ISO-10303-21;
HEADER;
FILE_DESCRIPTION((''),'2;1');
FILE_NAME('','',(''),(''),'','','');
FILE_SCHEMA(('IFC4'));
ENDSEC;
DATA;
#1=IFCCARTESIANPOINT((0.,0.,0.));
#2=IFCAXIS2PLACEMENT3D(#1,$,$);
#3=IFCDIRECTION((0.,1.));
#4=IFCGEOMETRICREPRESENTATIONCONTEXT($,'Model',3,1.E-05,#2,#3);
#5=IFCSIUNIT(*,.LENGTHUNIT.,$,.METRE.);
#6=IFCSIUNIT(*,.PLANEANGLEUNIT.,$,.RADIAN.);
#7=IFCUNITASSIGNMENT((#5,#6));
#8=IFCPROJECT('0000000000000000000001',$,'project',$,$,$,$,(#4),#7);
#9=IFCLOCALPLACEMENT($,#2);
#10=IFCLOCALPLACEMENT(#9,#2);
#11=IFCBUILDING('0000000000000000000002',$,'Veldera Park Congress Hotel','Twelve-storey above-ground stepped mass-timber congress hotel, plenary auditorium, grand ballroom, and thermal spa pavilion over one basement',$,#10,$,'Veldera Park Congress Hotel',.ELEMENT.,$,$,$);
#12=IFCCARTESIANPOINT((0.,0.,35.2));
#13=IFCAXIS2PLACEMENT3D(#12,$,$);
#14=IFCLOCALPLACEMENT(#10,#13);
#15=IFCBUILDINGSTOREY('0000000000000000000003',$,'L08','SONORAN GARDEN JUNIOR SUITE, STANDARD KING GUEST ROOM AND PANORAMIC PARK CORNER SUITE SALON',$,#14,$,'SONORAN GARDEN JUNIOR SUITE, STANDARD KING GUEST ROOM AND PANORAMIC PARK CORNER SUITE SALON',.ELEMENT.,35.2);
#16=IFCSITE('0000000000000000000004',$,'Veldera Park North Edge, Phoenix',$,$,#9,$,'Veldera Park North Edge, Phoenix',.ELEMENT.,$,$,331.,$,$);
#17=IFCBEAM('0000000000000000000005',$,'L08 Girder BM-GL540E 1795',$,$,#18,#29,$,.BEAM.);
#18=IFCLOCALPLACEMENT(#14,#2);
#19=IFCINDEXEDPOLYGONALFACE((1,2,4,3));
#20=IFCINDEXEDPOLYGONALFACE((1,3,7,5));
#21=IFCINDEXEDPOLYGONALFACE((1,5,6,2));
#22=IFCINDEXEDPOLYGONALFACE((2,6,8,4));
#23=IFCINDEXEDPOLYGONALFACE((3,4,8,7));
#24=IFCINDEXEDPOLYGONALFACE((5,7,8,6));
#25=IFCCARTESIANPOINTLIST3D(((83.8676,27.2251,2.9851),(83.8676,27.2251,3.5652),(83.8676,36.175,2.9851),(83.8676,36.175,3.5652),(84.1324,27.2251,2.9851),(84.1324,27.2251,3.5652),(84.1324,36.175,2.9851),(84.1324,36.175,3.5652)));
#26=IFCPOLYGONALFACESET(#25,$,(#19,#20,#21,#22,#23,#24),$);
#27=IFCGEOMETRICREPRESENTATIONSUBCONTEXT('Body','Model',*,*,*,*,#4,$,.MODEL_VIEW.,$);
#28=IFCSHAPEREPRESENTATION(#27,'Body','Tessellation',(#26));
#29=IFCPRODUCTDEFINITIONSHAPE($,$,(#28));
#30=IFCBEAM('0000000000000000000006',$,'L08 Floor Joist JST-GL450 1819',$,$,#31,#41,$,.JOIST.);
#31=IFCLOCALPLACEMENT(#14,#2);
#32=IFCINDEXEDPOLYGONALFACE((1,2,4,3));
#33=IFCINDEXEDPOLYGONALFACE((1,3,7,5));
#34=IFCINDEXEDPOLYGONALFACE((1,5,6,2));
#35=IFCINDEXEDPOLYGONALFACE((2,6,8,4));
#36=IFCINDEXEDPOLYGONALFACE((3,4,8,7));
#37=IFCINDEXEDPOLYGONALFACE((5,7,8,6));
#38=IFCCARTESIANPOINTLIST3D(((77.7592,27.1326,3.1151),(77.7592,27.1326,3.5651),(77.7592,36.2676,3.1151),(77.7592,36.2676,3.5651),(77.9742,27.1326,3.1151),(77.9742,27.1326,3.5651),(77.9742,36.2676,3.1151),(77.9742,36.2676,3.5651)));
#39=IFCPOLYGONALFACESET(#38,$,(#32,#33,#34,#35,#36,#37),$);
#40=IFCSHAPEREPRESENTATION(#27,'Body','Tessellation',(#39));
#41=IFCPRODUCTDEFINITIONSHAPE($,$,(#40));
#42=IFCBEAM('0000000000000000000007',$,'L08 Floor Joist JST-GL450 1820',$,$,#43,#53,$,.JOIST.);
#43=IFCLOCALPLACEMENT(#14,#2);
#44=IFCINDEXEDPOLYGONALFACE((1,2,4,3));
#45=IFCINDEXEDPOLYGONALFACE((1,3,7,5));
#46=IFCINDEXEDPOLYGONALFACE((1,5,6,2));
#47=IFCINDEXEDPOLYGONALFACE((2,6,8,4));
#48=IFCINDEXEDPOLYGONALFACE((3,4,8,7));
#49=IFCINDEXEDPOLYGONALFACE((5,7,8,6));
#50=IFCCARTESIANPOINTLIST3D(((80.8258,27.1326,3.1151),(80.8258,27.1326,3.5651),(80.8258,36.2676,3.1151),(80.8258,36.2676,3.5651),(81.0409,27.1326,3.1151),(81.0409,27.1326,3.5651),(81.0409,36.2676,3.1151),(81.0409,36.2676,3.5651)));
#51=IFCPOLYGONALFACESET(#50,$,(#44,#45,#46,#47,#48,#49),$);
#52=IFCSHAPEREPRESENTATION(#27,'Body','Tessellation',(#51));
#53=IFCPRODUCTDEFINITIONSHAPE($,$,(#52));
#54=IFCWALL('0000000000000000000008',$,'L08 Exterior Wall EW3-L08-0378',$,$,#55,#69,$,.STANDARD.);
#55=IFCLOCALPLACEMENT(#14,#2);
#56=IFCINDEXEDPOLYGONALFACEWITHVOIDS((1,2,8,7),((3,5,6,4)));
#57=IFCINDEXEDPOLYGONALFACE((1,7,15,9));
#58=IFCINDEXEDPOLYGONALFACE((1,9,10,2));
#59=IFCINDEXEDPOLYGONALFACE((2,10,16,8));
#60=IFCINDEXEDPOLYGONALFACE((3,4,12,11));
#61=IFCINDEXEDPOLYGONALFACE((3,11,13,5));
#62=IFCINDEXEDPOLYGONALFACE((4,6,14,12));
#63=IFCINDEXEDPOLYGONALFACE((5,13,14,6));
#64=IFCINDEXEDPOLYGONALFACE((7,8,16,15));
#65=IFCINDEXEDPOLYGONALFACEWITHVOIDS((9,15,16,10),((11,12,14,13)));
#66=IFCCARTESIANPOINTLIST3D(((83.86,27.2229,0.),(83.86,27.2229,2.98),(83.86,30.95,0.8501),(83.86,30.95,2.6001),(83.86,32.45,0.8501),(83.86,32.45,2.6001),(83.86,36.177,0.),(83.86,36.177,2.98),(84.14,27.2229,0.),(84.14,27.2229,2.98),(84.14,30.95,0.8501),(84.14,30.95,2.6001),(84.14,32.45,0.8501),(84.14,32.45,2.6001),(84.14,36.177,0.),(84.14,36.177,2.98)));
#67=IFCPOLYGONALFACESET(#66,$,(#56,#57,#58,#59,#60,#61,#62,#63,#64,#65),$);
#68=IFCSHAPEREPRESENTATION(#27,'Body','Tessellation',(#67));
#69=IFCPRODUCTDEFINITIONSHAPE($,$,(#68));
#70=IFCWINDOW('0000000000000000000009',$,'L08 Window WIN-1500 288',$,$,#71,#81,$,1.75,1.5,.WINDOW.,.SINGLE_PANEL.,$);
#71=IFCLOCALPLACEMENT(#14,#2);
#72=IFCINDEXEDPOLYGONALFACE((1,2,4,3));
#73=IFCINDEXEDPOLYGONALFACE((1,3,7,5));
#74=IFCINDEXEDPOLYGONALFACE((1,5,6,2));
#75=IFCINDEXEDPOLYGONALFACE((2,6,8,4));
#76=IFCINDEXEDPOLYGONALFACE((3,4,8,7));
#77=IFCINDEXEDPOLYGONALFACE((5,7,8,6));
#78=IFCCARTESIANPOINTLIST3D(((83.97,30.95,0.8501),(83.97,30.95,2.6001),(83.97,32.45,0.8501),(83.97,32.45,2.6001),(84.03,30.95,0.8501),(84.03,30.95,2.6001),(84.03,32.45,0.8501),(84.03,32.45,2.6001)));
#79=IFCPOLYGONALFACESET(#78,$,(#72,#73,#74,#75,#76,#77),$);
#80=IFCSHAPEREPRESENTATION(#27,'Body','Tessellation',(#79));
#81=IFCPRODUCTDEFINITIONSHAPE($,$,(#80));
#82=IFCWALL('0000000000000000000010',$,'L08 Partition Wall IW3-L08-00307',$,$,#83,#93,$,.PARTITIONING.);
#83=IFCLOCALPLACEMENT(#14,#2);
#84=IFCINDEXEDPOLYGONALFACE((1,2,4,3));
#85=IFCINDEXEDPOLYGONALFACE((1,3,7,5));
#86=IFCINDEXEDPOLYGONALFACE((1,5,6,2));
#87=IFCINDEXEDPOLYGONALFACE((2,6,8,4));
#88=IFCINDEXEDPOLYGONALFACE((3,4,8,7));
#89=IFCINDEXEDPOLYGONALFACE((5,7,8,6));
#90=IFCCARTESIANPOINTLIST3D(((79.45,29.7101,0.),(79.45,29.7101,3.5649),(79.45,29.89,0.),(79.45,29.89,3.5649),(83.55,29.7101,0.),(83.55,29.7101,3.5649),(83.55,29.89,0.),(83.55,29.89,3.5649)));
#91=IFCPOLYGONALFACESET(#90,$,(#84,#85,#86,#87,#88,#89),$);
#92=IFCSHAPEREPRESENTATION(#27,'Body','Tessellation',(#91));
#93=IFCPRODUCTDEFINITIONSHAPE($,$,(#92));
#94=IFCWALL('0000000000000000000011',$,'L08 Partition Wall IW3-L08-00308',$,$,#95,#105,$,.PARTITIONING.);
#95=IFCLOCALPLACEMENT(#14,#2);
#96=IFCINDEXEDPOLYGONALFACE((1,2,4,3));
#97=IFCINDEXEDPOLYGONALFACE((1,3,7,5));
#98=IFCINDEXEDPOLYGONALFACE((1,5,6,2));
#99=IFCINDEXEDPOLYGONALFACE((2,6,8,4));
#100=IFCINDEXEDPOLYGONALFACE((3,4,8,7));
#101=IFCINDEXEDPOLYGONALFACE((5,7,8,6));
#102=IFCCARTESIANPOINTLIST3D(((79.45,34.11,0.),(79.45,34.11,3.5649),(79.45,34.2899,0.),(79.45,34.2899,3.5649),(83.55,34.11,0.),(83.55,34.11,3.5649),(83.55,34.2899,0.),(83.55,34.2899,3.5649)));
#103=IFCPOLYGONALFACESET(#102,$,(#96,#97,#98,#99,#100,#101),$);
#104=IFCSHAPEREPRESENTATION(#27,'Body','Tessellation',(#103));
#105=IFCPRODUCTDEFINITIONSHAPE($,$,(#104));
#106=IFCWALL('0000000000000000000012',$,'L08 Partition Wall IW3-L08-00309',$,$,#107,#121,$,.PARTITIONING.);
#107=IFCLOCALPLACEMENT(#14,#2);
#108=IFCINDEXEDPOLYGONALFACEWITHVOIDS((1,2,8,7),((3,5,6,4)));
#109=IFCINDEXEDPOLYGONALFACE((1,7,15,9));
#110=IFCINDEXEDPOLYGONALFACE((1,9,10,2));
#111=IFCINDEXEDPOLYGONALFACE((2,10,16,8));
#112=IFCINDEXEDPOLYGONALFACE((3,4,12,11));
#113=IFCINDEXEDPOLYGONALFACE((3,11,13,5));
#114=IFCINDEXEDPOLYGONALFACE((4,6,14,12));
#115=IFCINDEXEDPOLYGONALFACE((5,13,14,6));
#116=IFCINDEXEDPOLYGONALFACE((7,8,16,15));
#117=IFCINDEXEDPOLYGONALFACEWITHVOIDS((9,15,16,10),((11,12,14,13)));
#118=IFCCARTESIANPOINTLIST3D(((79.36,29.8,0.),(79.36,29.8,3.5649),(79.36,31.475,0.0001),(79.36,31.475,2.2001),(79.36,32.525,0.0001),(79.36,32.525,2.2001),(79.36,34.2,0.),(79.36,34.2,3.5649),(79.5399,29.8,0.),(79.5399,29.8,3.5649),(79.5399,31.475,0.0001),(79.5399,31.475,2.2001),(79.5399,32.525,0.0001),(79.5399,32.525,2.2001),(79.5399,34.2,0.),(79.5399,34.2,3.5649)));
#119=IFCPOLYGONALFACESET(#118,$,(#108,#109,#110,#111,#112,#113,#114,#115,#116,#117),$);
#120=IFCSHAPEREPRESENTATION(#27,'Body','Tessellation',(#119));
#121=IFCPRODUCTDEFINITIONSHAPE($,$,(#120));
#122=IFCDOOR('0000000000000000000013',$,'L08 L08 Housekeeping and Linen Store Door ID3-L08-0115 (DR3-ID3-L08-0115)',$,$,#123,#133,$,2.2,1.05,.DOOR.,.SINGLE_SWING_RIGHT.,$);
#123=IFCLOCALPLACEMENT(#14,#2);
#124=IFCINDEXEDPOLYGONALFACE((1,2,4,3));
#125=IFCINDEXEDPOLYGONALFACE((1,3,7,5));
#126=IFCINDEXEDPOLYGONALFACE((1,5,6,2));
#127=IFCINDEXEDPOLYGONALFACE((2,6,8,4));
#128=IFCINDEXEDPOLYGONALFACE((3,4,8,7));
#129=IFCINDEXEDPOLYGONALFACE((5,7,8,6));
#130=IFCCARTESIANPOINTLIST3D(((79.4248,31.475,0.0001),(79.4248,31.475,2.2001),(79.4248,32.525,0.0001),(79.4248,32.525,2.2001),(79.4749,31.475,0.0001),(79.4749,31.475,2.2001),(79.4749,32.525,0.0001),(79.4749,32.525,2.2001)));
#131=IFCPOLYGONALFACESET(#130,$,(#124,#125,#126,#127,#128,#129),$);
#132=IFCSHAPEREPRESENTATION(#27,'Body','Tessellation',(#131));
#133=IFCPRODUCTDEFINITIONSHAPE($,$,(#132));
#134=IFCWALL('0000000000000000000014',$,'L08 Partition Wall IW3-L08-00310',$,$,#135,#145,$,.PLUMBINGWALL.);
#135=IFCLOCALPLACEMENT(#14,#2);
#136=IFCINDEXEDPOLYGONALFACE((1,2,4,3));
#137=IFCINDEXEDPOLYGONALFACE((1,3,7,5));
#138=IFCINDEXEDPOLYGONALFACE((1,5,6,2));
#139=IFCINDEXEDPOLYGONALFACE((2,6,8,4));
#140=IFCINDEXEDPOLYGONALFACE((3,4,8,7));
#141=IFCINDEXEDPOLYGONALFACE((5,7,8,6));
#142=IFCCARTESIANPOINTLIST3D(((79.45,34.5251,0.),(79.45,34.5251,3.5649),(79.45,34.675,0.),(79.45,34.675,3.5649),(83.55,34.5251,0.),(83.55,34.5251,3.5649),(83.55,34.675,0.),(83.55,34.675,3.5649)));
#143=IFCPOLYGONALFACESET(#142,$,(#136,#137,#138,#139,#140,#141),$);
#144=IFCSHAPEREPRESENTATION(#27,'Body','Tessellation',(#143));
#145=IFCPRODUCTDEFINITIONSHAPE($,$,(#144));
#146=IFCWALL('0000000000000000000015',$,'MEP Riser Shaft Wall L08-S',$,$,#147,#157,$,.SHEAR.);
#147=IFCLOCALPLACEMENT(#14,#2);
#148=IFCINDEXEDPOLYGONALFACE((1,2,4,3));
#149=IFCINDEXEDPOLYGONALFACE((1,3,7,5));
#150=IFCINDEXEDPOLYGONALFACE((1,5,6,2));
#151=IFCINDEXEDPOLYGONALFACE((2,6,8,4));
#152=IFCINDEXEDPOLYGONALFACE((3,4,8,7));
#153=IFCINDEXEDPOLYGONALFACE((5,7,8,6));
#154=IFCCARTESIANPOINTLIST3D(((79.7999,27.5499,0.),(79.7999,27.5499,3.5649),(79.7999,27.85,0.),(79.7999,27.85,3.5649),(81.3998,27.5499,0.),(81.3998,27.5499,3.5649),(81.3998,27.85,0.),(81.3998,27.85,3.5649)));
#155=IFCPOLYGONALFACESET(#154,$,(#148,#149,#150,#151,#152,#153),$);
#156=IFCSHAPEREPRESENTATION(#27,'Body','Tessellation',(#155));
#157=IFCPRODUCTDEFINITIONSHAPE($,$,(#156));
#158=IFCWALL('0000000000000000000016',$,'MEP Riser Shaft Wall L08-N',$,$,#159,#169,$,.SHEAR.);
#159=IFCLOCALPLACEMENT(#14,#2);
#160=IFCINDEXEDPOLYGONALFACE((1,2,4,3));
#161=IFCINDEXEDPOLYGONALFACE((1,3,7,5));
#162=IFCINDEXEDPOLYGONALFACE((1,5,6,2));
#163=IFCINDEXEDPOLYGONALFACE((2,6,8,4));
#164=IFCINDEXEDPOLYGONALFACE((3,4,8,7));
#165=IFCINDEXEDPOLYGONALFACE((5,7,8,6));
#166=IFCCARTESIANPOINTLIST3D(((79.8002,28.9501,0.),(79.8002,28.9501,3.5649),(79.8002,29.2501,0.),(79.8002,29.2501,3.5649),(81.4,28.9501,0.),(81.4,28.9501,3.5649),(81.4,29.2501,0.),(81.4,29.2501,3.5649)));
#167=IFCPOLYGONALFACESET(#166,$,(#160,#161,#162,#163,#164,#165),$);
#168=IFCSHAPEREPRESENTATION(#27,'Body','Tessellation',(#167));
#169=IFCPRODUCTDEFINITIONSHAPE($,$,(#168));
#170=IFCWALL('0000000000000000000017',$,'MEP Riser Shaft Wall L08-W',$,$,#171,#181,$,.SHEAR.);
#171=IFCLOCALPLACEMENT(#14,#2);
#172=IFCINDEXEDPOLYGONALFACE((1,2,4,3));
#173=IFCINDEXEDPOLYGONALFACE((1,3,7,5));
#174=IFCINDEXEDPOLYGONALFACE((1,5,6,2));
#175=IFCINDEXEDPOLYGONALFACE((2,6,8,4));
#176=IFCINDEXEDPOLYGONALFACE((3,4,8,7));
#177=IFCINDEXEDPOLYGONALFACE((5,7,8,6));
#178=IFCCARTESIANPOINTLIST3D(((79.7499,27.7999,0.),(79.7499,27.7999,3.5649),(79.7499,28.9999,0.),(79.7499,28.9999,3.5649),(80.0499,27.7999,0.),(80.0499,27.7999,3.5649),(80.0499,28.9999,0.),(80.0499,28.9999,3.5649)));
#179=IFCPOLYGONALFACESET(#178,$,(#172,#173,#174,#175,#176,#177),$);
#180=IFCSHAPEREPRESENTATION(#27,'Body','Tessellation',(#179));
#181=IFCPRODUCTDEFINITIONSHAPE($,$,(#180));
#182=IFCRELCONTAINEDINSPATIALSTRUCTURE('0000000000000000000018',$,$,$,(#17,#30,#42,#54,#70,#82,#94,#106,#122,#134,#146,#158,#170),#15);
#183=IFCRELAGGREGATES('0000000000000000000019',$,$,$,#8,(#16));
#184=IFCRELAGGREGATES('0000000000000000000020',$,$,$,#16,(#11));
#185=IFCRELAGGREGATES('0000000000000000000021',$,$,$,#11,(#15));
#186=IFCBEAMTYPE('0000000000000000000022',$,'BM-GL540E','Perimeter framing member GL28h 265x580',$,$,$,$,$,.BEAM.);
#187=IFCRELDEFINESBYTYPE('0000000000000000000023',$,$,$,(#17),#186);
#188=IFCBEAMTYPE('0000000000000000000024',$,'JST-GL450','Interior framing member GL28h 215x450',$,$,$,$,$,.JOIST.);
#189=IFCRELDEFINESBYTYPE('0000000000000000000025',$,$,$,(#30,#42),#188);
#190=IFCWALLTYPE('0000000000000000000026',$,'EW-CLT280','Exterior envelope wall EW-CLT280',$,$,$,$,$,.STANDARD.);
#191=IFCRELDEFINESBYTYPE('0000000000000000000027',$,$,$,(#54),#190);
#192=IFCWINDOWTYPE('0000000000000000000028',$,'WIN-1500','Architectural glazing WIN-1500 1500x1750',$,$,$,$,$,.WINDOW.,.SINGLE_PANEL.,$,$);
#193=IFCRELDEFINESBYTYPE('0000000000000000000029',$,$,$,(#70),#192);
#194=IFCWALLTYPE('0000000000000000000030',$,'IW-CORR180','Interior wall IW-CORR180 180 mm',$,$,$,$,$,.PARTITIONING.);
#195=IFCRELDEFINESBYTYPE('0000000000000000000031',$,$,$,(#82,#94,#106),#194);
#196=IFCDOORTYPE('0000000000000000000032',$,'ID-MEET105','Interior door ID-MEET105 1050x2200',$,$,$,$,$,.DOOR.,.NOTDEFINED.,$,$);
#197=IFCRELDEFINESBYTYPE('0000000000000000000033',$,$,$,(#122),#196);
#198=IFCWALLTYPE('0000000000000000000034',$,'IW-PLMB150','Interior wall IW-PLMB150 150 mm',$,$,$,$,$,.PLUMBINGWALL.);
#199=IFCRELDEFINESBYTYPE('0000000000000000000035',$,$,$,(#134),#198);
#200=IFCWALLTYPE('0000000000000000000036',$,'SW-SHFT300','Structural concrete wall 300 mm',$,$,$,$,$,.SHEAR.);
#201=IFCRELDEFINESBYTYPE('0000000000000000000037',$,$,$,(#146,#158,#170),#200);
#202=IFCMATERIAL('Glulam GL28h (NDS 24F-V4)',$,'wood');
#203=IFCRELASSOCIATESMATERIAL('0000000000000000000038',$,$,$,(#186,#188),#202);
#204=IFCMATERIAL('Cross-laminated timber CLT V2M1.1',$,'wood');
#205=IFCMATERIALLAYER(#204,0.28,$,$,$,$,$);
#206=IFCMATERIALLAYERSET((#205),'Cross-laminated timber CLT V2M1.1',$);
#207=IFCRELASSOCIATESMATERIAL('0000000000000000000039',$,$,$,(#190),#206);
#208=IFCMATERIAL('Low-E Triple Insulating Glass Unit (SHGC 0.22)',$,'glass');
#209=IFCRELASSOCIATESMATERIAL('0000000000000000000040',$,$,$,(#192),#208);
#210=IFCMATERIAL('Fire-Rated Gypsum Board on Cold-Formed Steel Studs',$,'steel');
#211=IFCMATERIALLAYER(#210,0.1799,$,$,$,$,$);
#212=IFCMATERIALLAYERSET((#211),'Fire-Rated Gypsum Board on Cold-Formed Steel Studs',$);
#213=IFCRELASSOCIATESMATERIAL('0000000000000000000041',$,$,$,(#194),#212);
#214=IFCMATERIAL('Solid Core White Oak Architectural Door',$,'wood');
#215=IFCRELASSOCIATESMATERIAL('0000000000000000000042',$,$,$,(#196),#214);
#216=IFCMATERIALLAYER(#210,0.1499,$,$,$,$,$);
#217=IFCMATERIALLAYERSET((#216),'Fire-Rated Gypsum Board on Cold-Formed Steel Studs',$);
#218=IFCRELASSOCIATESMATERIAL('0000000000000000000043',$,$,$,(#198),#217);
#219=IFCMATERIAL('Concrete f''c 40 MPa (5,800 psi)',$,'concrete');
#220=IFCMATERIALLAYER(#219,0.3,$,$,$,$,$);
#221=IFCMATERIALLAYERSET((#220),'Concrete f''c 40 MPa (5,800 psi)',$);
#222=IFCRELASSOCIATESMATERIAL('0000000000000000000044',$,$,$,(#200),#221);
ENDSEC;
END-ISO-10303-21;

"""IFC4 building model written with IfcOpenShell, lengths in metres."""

from ifc_helpers import new_model, si_unit, direction, frame, frame_2d, origin, origin_2d, place, context, subcontext, project, spatial, rectangle, extrude, material, layer, layer_set, material_profile, profile_set, type_object, element, fill, save


model = new_model("IFC4")

# Units and contexts
model_context = context("Model", 3, precision=1e-05, world=origin(), true_north=direction((0.0, 1.0)))
body_context = subcontext(model_context, "Body", "Model", "MODEL_VIEW")
ifc_project = project(units=[si_unit("LENGTHUNIT", "METRE"), si_unit("PLANEANGLEUNIT", "RADIAN")], contexts=[model_context])

# Site, building, storey
site_placement = place(None, origin())
site = spatial("IfcSite", under=ifc_project, at=site_placement, Name="Veldera Park North Edge, Phoenix", LongName="Veldera Park North Edge, Phoenix", CompositionType="ELEMENT", RefElevation=331.0)
building_placement = place(site_placement, origin())
building = spatial("IfcBuilding", under=site, at=building_placement, Name="Veldera Park Congress Hotel", Description="Twelve-storey above-ground stepped mass-timber congress hotel, plenary auditorium, grand ballroom, and thermal spa pavilion over one basement", LongName="Veldera Park Congress Hotel", CompositionType="ELEMENT")
storey_placement = place(building_placement, frame((0.0, 0.0, 35.2)))
storey = spatial("IfcBuildingStorey", under=building, at=storey_placement, Name="L08", Description="SONORAN GARDEN JUNIOR SUITE, STANDARD KING GUEST ROOM AND PANORAMIC PARK CORNER SUITE SALON", LongName="SONORAN GARDEN JUNIOR SUITE, STANDARD KING GUEST ROOM AND PANORAMIC PARK CORNER SUITE SALON", CompositionType="ELEMENT", Elevation=35.2)

# Beams
ifc_material_1 = material(Name="Glulam GL28h (NDS 24F-V4)", Category="wood")
ifc_material_profile_1 = material_profile(ifc_material_1, rectangle(XDim=0.2649, YDim=0.5801, at=origin_2d()), Name="GL28h 265x580")
ifc_profile_set_1 = profile_set([ifc_material_profile_1], Name="Glulam GL28h (NDS 24F-V4)")
beam_type_1 = type_object("IfcBeamType", Name="BM-GL540E", Description="Perimeter framing member GL28h 265x580", PredefinedType="BEAM", material=ifc_profile_set_1)
beam_placement = place(storey_placement, frame((84.0, 27.2251, 3.2751), z_axis=(0.0, 1.0, 0.0), x_axis=(-1.0, 0.0, 0.0)))
element("IfcBeam", 1, at=beam_placement, inside=storey, type_object=beam_type_1, Name="L08 Girder BM-GL540E 1795", PredefinedType="BEAM", context=body_context, shape_type="SweptSolid", body=[
    extrude(rectangle(XDim=0.2649, YDim=0.5801, at=origin_2d()), origin(), (0.0, 0.0, 1.0), 8.95),
])
ifc_material_profile_2 = material_profile(ifc_material_1, rectangle(XDim=0.2151, YDim=0.45, at=origin_2d()), Name="GL28h 215x450")
ifc_profile_set_2 = profile_set([ifc_material_profile_2], Name="Glulam GL28h (NDS 24F-V4)")
beam_type_2 = type_object("IfcBeamType", Name="JST-GL450", Description="Interior framing member GL28h 215x450", PredefinedType="JOIST", material=ifc_profile_set_2)
for number, where, z_axis, x_axis, name in (
    (2, (77.8667, 27.1326, 3.3401), (0.0, 1.0, 0.0), (-1.0, 0.0, 0.0), "L08 Floor Joist JST-GL450 1819"),
    (3, (80.9333, 27.1326, 3.3401), (0.0, 1.0, 0.0), (-1.0, 0.0, 0.0), "L08 Floor Joist JST-GL450 1820"),
):
    element("IfcBeam", number, at=place(storey_placement, frame(where, z_axis=z_axis, x_axis=x_axis)), inside=storey, type_object=beam_type_2, Name=name, PredefinedType="JOIST", context=body_context, shape_type="SweptSolid", body=[
        extrude(rectangle(XDim=0.2151, YDim=0.45, at=origin_2d()), origin(), (0.0, 0.0, 1.0), 9.135),
    ])

# Wall, opening, window
ifc_material_2 = material(Name="Cross-laminated timber CLT V2M1.1", Category="wood")
ifc_layer_1 = layer(ifc_material_2, 0.28)
ifc_layer_set_1 = layer_set([ifc_layer_1], Name="Cross-laminated timber CLT V2M1.1")
wall_type_1 = type_object("IfcWallType", Name="EW-CLT280", Description="Exterior envelope wall EW-CLT280", PredefinedType="STANDARD", material=ifc_layer_set_1)
wall_1_placement = place(storey_placement, frame((84.0, 27.2229, 0.0), z_axis=(0.0, 0.0, 1.0), x_axis=(0.0, 1.0, 0.0)))
wall_1 = element("IfcWall", 4, at=wall_1_placement, inside=storey, type_object=wall_type_1, Name="L08 Exterior Wall EW3-L08-0378", PredefinedType="STANDARD", context=body_context, shape_type="SweptSolid", body=[
    extrude(rectangle(XDim=8.9541, YDim=0.28, at=frame_2d((4.4771, 0.0))), origin(), (0.0, 0.0, 1.0), 2.98),
])
opening_1_placement = place(wall_1_placement, frame((3.7271, 0.0, 0.8501)))
opening_1 = element("IfcOpeningElement", 5, at=opening_1_placement, cuts=wall_1, PredefinedType="OPENING", context=body_context, shape_type="SweptSolid", body=[
    extrude(rectangle(XDim=1.5, YDim=1.75, at=frame_2d((0.75, 0.875))), frame((0.0, 0.1521, 0.0), z_axis=(0.0, -1.0, 0.0), x_axis=(1.0, 0.0, 0.0)), (0.0, 0.0, 1.0), 0.304),
])
ifc_material_3 = material(Name="Low-E Triple Insulating Glass Unit (SHGC 0.22)", Category="glass")
window_type = type_object("IfcWindowType", Name="WIN-1500", Description="Architectural glazing WIN-1500 1500x1750", PartitioningType="SINGLE_PANEL", PredefinedType="WINDOW", material=ifc_material_3)
window_placement = place(opening_1_placement, origin())
window = element("IfcWindow", 6, at=window_placement, inside=storey, type_object=window_type, Name="L08 Window WIN-1500 288", OverallHeight=1.75, OverallWidth=1.5, PartitioningType="SINGLE_PANEL", PredefinedType="WINDOW", context=body_context, shape_type="SweptSolid", body=[
    extrude(rectangle(XDim=1.5, YDim=1.75, at=frame_2d((0.75, 0.875))), frame((0.0, 0.03, 0.0), z_axis=(0.0, -1.0, 0.0), x_axis=(1.0, 0.0, 0.0)), (0.0, 0.0, 1.0), 0.0601),
])
fill(opening_1, window)

# Walls
ifc_material_4 = material(Name="Fire-Rated Gypsum Board on Cold-Formed Steel Studs", Category="steel")
ifc_layer_2 = layer(ifc_material_4, 0.1799)
ifc_layer_set_2 = layer_set([ifc_layer_2], Name="Fire-Rated Gypsum Board on Cold-Formed Steel Studs")
wall_type_2 = type_object("IfcWallType", Name="IW-CORR180", Description="Interior wall IW-CORR180 180 mm", PredefinedType="PARTITIONING", material=ifc_layer_set_2)
for number, where, z_axis, x_axis, name in (
    (7, (79.45, 29.8, 0.0), (0.0, 0.0, 1.0), (1.0, 0.0, 0.0), "L08 Partition Wall IW3-L08-00307"),
    (8, (83.55, 34.2, 0.0), (0.0, 0.0, 1.0), (-1.0, 0.0, 0.0), "L08 Partition Wall IW3-L08-00308"),
):
    element("IfcWall", number, at=place(storey_placement, frame(where, z_axis=z_axis, x_axis=x_axis)), inside=storey, type_object=wall_type_2, Name=name, PredefinedType="PARTITIONING", context=body_context, shape_type="SweptSolid", body=[
        extrude(rectangle(XDim=4.1001, YDim=0.1799, at=frame_2d((2.05, 0.0))), origin(), (0.0, 0.0, 1.0), 3.5649),
    ])

# Wall, opening, door
wall_2_placement = place(storey_placement, frame((79.45, 34.2, 0.0), z_axis=(0.0, 0.0, 1.0), x_axis=(0.0, -1.0, 0.0)))
wall_2 = element("IfcWall", 9, at=wall_2_placement, inside=storey, type_object=wall_type_2, Name="L08 Partition Wall IW3-L08-00309", PredefinedType="PARTITIONING", context=body_context, shape_type="SweptSolid", body=[
    extrude(rectangle(XDim=4.3999, YDim=0.1799, at=frame_2d((2.2, 0.0))), origin(), (0.0, 0.0, 1.0), 3.5649),
])
opening_2_placement = place(wall_2_placement, frame((1.675, 0.0, 0.0)))
opening_2 = element("IfcOpeningElement", 10, at=opening_2_placement, cuts=wall_2, PredefinedType="OPENING", context=body_context, shape_type="SweptSolid", body=[
    extrude(rectangle(XDim=1.05, YDim=2.2, at=frame_2d((0.5249, 1.1001))), frame((0.0, 0.1021, 0.0), z_axis=(0.0, -1.0, 0.0), x_axis=(1.0, 0.0, 0.0)), (0.0, 0.0, 1.0), 0.2039),
])
ifc_material_5 = material(Name="Solid Core White Oak Architectural Door", Category="wood")
door_type = type_object("IfcDoorType", Name="ID-MEET105", Description="Interior door ID-MEET105 1050x2200", OperationType="NOTDEFINED", PredefinedType="DOOR", material=ifc_material_5)
door_placement = place(opening_2_placement, origin())
door = element("IfcDoor", 11, at=door_placement, inside=storey, type_object=door_type, Name="L08 L08 Housekeeping and Linen Store Door ID3-L08-0115 (DR3-ID3-L08-0115)", OperationType="SINGLE_SWING_RIGHT", OverallHeight=2.2, OverallWidth=1.05, PredefinedType="DOOR", context=body_context, shape_type="SweptSolid", body=[
    extrude(rectangle(XDim=1.05, YDim=2.2, at=frame_2d((0.5249, 1.1001))), frame((0.0, 0.0249, 0.0), z_axis=(0.0, -1.0, 0.0), x_axis=(1.0, 0.0, 0.0)), (0.0, 0.0, 1.0), 0.05),
])
fill(opening_2, door)

# Walls
ifc_layer_3 = layer(ifc_material_4, 0.1499)
ifc_layer_set_3 = layer_set([ifc_layer_3], Name="Fire-Rated Gypsum Board on Cold-Formed Steel Studs")
wall_type_3 = type_object("IfcWallType", Name="IW-PLMB150", Description="Interior wall IW-PLMB150 150 mm", PredefinedType="PLUMBINGWALL", material=ifc_layer_set_3)
wall_3_placement = place(storey_placement, frame((79.45, 34.6001, 0.0), z_axis=(0.0, 0.0, 1.0), x_axis=(1.0, 0.0, 0.0)))
element("IfcWall", 12, at=wall_3_placement, inside=storey, type_object=wall_type_3, Name="L08 Partition Wall IW3-L08-00310", PredefinedType="PLUMBINGWALL", context=body_context, shape_type="SweptSolid", body=[
    extrude(rectangle(XDim=4.1001, YDim=0.1499, at=frame_2d((2.05, 0.0))), origin(), (0.0, 0.0, 1.0), 3.5649),
])
ifc_material_6 = material(Name="Concrete f'c 40 MPa (5,800 psi)", Category="concrete")
ifc_layer_4 = layer(ifc_material_6, 0.3)
ifc_layer_set_4 = layer_set([ifc_layer_4], Name="Concrete f'c 40 MPa (5,800 psi)")
wall_type_4 = type_object("IfcWallType", Name="SW-SHFT300", Description="Structural concrete wall 300 mm", PredefinedType="SHEAR", material=ifc_layer_set_4)
for number, where, z_axis, x_axis, name in (
    (13, (79.8, 27.7, 0.0), (0.0, 0.0, 1.0), (1.0, 0.0, 0.0), "MEP Riser Shaft Wall L08-S"),
    (14, (81.3999, 29.1001, 0.0), (0.0, 0.0, 1.0), (-1.0, 0.0, 0.0), "MEP Riser Shaft Wall L08-N"),
):
    element("IfcWall", number, at=place(storey_placement, frame(where, z_axis=z_axis, x_axis=x_axis)), inside=storey, type_object=wall_type_4, Name=name, PredefinedType="SHEAR", context=body_context, shape_type="SweptSolid", body=[
        extrude(rectangle(XDim=1.5999, YDim=0.3, at=frame_2d((0.7998, 0.0))), origin(), (0.0, 0.0, 1.0), 3.5649),
    ])
for number, where, z_axis, x_axis, name in (
    (15, (79.8999, 29.0, 0.0), (0.0, 0.0, 1.0), (0.0, -1.0, 0.0), "MEP Riser Shaft Wall L08-W"),
):
    element("IfcWall", number, at=place(storey_placement, frame(where, z_axis=z_axis, x_axis=x_axis)), inside=storey, type_object=wall_type_4, Name=name, PredefinedType="SHEAR", context=body_context, shape_type="SweptSolid", body=[
        extrude(rectangle(XDim=1.2, YDim=0.3, at=frame_2d((0.6001, 0.0))), origin(), (0.0, 0.0, 1.0), 3.5649),
    ])

save(model, "model.ifc")
